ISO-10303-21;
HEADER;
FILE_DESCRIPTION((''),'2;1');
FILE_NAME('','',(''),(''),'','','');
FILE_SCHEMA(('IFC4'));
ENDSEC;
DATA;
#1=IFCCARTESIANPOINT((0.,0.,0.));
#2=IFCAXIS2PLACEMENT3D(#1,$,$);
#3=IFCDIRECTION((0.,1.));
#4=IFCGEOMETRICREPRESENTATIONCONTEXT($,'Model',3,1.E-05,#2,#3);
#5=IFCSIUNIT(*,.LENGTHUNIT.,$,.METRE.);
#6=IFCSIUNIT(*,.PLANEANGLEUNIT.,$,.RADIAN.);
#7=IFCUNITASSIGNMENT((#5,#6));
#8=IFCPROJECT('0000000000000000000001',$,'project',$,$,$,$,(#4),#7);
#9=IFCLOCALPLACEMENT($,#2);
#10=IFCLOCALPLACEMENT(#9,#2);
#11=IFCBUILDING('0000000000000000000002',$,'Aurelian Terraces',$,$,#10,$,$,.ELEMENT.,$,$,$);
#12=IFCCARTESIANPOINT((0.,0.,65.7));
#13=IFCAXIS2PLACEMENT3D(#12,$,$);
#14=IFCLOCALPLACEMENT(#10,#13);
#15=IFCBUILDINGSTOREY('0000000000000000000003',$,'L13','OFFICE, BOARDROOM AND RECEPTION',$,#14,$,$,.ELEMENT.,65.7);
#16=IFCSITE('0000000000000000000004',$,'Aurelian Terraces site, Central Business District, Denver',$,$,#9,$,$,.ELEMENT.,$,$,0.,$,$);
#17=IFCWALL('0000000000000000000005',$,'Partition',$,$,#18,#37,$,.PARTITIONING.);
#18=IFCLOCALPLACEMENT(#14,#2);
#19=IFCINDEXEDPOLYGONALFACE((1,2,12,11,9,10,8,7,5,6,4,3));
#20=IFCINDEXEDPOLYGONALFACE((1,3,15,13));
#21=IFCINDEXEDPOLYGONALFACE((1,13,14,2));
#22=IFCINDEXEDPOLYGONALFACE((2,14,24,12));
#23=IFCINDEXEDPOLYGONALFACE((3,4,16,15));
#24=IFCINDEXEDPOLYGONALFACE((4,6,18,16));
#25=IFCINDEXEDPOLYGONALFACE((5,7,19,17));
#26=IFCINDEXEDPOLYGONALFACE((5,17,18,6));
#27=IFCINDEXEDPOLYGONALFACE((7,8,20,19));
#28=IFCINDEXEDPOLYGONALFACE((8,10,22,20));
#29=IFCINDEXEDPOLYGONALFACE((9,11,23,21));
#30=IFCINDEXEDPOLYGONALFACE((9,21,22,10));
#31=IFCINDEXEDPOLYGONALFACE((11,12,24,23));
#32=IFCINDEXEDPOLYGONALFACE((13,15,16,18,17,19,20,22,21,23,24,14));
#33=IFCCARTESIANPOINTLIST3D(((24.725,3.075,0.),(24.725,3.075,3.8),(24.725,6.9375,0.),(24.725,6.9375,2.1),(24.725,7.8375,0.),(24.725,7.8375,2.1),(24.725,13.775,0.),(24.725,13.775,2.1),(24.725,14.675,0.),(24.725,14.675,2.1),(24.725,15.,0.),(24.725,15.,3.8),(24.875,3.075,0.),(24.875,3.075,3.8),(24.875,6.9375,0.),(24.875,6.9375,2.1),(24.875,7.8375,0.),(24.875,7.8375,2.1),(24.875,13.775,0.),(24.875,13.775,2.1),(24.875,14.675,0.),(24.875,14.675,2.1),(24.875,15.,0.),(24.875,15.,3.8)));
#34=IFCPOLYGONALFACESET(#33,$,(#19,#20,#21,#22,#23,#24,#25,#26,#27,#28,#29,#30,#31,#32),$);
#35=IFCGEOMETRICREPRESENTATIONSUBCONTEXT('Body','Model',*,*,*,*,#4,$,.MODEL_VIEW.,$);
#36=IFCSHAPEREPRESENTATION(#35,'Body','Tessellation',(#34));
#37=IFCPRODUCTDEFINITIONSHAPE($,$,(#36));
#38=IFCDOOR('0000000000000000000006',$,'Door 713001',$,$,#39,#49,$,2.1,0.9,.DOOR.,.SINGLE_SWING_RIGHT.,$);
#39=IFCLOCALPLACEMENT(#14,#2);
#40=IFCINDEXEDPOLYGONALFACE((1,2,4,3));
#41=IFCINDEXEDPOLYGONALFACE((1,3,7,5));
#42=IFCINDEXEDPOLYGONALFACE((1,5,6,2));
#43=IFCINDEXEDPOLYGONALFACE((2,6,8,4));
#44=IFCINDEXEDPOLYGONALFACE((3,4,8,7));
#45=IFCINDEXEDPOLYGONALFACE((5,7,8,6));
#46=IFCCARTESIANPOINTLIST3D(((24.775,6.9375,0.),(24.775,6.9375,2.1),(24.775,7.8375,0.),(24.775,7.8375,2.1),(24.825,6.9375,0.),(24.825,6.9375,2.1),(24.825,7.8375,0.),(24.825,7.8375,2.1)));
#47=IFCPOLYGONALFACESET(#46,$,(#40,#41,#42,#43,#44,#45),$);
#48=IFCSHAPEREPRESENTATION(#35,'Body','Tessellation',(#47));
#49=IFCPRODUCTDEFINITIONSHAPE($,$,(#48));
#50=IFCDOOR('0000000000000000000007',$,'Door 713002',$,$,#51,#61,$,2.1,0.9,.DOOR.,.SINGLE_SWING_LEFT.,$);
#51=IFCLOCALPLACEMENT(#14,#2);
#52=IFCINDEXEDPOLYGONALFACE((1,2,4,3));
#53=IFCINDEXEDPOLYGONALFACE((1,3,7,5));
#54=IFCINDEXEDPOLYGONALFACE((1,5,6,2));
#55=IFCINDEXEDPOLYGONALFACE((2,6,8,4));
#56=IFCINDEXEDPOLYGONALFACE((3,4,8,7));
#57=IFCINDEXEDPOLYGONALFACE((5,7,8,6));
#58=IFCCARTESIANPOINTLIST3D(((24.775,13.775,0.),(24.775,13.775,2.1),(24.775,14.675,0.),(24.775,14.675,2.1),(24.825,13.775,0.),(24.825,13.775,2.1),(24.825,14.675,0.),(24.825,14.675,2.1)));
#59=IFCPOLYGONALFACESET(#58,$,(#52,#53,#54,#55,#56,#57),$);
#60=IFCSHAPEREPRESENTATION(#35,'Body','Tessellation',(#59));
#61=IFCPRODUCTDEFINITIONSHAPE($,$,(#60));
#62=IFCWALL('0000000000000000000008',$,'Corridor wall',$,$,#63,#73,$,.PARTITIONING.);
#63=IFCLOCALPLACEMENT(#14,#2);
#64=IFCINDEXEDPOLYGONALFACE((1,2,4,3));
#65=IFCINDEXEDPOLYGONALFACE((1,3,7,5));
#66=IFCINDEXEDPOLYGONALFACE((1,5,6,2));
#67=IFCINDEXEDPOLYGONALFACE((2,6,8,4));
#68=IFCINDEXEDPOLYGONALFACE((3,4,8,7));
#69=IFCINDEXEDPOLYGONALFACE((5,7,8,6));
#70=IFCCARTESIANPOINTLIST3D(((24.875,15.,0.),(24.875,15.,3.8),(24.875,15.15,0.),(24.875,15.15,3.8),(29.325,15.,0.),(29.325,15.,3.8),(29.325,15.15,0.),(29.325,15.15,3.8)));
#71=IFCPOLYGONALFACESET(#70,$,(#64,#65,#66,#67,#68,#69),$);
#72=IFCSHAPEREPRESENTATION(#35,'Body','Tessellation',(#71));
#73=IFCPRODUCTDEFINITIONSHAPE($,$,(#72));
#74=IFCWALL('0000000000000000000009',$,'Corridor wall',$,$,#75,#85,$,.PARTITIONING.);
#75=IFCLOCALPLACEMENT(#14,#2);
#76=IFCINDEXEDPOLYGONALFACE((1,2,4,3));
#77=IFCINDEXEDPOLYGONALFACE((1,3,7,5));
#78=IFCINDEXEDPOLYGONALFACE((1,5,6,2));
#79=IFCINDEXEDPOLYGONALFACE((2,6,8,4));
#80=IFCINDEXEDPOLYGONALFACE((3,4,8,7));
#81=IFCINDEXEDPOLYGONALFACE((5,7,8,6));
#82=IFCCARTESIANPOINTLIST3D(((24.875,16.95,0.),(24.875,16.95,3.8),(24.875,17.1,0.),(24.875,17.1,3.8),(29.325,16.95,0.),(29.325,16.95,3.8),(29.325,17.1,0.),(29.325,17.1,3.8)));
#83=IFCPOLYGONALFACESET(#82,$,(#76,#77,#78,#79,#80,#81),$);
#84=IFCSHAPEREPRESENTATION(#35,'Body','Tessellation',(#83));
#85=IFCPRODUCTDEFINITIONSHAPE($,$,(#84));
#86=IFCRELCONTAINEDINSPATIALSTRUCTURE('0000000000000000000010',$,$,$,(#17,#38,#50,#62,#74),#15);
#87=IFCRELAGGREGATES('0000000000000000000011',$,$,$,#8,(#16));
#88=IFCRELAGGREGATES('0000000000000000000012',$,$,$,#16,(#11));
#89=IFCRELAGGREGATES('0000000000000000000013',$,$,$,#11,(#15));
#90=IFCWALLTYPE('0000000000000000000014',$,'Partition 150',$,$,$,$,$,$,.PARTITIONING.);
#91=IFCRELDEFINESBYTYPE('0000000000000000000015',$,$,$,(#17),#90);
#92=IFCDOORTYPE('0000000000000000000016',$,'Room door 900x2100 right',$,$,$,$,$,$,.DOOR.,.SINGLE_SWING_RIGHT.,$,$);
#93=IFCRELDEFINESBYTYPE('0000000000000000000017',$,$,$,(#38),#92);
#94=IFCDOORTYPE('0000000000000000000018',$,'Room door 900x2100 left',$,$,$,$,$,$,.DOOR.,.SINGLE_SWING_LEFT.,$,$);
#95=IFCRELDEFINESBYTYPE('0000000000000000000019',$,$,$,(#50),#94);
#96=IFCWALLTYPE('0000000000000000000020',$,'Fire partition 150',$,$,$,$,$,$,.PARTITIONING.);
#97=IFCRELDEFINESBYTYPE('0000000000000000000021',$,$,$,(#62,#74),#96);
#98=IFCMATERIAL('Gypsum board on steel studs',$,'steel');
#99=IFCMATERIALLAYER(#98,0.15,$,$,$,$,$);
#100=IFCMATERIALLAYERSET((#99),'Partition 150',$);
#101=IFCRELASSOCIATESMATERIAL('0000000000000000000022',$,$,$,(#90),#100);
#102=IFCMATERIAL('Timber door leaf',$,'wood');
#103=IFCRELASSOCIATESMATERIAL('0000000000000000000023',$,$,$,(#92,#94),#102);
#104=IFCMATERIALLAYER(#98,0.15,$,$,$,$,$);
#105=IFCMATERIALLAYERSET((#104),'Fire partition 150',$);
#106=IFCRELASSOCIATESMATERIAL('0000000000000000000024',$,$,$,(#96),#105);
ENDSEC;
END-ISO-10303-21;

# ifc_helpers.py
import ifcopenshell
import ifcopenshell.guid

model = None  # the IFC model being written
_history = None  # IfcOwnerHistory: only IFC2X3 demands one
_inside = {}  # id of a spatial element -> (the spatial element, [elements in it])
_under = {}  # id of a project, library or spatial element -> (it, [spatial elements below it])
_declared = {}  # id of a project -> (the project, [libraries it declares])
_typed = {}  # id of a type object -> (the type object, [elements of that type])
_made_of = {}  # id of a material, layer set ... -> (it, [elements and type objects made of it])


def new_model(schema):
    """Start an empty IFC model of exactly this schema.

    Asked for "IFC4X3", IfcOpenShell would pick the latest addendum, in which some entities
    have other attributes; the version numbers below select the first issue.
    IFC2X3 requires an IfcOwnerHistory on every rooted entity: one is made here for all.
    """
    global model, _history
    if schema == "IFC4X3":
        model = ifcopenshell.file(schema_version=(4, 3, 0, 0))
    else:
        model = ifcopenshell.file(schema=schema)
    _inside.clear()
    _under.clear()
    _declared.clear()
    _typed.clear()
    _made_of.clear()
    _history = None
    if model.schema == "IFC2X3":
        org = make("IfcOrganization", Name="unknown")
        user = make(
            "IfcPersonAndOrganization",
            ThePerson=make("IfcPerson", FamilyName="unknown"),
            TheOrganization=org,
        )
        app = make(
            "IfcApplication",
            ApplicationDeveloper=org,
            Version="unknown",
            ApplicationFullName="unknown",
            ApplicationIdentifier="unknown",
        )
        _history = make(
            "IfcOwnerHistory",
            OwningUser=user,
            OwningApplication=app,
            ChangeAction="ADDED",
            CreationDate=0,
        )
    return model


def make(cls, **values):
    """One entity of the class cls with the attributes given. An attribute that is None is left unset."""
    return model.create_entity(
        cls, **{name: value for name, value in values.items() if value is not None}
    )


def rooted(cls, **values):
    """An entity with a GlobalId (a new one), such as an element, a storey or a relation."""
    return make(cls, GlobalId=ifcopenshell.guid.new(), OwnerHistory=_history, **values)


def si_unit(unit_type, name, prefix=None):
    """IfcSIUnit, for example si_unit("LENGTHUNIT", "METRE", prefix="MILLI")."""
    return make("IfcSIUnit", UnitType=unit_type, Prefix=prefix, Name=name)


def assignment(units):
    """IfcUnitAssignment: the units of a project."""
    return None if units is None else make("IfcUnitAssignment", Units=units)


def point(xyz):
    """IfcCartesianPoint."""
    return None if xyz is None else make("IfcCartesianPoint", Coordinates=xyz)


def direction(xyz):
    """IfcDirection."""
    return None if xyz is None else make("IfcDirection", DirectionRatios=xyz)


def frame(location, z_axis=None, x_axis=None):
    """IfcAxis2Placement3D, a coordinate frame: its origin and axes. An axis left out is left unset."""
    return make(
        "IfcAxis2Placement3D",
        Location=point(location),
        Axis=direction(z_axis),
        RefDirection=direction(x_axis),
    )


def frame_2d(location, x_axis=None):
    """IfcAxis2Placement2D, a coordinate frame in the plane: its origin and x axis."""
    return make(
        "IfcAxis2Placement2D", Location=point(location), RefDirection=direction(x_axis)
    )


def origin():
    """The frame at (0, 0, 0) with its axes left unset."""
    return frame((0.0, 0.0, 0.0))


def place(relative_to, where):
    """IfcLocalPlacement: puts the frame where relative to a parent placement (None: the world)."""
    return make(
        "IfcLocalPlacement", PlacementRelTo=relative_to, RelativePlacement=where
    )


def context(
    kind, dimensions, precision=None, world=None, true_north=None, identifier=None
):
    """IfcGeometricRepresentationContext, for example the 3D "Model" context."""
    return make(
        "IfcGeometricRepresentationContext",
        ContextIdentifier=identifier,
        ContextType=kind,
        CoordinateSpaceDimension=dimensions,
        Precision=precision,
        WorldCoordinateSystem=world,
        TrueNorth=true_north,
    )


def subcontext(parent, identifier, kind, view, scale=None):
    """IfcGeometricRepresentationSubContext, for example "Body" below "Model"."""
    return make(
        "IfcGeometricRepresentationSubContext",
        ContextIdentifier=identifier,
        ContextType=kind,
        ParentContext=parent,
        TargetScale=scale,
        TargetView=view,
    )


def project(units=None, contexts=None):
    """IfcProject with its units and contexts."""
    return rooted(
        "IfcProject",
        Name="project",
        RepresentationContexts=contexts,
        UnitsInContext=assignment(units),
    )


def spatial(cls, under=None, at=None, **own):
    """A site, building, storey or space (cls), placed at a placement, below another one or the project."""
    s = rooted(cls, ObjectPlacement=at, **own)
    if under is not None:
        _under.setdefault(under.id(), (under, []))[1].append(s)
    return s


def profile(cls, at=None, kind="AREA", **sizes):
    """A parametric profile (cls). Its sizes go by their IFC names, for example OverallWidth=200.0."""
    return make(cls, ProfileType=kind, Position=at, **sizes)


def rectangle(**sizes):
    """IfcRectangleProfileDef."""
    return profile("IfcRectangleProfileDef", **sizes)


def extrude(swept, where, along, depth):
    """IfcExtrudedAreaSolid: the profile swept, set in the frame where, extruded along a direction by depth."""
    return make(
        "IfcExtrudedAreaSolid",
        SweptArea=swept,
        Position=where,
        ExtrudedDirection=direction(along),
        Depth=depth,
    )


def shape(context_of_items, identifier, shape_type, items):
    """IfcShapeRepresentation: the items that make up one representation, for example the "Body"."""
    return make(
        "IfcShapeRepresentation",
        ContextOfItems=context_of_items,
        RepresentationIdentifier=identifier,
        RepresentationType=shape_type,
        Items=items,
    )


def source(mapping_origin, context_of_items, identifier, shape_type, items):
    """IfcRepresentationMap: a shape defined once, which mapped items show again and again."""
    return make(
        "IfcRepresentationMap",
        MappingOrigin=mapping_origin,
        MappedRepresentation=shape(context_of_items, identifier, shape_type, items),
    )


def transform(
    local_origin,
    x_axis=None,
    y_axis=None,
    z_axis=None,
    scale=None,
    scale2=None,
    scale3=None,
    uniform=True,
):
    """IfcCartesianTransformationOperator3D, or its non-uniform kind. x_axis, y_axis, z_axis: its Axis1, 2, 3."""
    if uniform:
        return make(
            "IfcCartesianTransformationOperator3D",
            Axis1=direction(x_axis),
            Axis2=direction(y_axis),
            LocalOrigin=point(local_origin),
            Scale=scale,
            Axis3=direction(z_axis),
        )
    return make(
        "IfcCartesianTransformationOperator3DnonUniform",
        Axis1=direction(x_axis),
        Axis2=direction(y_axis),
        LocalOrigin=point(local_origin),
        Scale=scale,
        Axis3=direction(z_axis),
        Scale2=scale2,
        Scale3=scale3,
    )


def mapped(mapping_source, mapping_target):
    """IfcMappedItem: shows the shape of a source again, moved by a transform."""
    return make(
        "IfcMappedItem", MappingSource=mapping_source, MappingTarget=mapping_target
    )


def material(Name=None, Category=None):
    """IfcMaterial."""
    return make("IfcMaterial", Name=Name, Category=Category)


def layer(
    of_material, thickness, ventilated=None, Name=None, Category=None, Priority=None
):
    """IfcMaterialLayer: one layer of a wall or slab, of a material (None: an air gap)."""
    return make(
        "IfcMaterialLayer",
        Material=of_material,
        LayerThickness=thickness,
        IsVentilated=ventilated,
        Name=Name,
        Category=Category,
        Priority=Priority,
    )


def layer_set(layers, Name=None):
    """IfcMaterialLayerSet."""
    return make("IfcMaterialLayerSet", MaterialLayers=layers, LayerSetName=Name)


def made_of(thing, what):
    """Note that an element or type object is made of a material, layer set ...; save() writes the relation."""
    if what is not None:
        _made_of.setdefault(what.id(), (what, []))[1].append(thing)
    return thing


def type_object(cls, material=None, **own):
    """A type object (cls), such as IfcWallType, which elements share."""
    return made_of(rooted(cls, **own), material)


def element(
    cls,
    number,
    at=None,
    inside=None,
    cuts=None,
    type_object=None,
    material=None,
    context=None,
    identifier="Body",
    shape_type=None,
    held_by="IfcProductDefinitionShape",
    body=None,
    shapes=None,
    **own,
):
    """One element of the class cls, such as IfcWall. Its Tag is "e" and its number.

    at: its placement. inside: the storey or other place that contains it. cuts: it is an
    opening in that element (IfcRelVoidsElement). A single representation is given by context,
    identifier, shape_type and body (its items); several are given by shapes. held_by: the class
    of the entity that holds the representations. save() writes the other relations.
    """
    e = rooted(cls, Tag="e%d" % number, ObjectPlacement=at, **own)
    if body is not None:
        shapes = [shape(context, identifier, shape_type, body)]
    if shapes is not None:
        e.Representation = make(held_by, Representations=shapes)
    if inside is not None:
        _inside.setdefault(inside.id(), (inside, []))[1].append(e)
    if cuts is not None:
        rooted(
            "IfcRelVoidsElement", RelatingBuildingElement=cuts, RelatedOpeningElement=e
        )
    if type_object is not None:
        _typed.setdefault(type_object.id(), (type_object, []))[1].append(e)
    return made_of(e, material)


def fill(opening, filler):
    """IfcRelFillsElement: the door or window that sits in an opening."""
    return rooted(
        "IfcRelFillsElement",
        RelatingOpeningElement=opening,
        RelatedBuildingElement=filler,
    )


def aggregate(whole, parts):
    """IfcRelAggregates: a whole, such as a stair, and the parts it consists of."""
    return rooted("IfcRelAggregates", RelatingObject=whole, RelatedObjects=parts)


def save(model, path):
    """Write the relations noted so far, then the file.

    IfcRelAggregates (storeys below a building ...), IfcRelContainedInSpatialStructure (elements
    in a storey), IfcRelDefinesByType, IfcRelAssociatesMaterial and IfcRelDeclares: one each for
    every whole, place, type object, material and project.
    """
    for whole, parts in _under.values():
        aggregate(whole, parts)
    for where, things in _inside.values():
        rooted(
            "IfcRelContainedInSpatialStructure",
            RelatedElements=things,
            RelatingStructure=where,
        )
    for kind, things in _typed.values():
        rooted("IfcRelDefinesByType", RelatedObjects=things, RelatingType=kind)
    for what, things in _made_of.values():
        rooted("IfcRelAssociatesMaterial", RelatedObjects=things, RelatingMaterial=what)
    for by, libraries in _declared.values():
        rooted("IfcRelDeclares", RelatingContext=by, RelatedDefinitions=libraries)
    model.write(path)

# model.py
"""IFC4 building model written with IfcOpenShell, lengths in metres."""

from ifc_helpers import new_model, si_unit, direction, frame, frame_2d, origin, place, context, subcontext, project, spatial, rectangle, extrude, source, transform, mapped, material, layer, layer_set, type_object, element, fill, save


model = new_model("IFC4")

# Units and contexts
model_context = context("Model", 3, precision=1e-05, world=origin(), true_north=direction((0.0, 1.0)))
body_context = subcontext(model_context, "Body", "Model", "MODEL_VIEW")
ifc_project = project(units=[si_unit("LENGTHUNIT", "METRE"), si_unit("PLANEANGLEUNIT", "RADIAN")], contexts=[model_context])

# Site, building, storey
site_placement = place(None, origin())
site = spatial("IfcSite", under=ifc_project, at=site_placement, Name="Aurelian Terraces site, Central Business District, Denver", CompositionType="ELEMENT", RefElevation=0.0)
building_placement = place(site_placement, origin())
building = spatial("IfcBuilding", under=site, at=building_placement, Name="Aurelian Terraces", CompositionType="ELEMENT")
storey_placement = place(building_placement, frame((0.0, 0.0, 65.7)))
storey = spatial("IfcBuildingStorey", under=building, at=storey_placement, Name="L13", Description="OFFICE, BOARDROOM AND RECEPTION", CompositionType="ELEMENT", Elevation=65.7)

# Wall, openings, doors
ifc_material_1 = material(Name="Gypsum board on steel studs", Category="steel")
ifc_layer_1 = layer(ifc_material_1, 0.15)
ifc_layer_set_1 = layer_set([ifc_layer_1], Name="Partition 150")
wall_type_1 = type_object("IfcWallType", Name="Partition 150", PredefinedType="PARTITIONING", material=ifc_layer_set_1)
shared_shape_1 = source(origin(), body_context, "Body", "SweptSolid", [
    extrude(rectangle(XDim=11.925, YDim=0.15, at=frame_2d((5.9625, 0.0))), origin(), (0.0, 0.0, 1.0), 3.8),
])
wall_1_placement = place(storey_placement, frame((24.8, 15.0, 0.0), z_axis=(0.0, 0.0, 1.0), x_axis=(0.0, -1.0, 0.0)))
wall_1 = element("IfcWall", 1, at=wall_1_placement, inside=storey, type_object=wall_type_1, Name="Partition", PredefinedType="PARTITIONING", context=body_context, shape_type="MappedRepresentation", body=[
    mapped(shared_shape_1, transform((0.0, 0.0, 0.0), scale=1.0)),
])
shared_shape_2 = source(origin(), body_context, "Body", "SweptSolid", [
    extrude(rectangle(XDim=0.9, YDim=2.1, at=frame_2d((0.45, 1.05))), frame((0.0, 0.085, 0.0), z_axis=(0.0, -1.0, 0.0), x_axis=(1.0, 0.0, 0.0)), (0.0, 0.0, 1.0), 0.17),
])
opening_1_placement = place(wall_1_placement, frame((7.1625, 0.0, 0.0)))
opening_1 = element("IfcOpeningElement", 2, at=opening_1_placement, cuts=wall_1, PredefinedType="OPENING", context=body_context, shape_type="MappedRepresentation", body=[
    mapped(shared_shape_2, transform((0.0, 0.0, 0.0), scale=1.0)),
])
opening_2_placement = place(wall_1_placement, frame((0.325, 0.0, 0.0)))
opening_2 = element("IfcOpeningElement", 3, at=opening_2_placement, cuts=wall_1, PredefinedType="OPENING", context=body_context, shape_type="MappedRepresentation", body=[
    mapped(shared_shape_2, transform((0.0, 0.0, 0.0), scale=1.0)),
])
ifc_material_2 = material(Name="Timber door leaf", Category="wood")
door_type_1 = type_object("IfcDoorType", Name="Room door 900x2100 right", OperationType="SINGLE_SWING_RIGHT", PredefinedType="DOOR", material=ifc_material_2)
shared_shape_3 = source(origin(), body_context, "Body", "SweptSolid", [
    extrude(rectangle(XDim=0.9, YDim=2.1, at=frame_2d((0.45, 1.05))), frame((0.0, 0.025, 0.0), z_axis=(0.0, -1.0, 0.0), x_axis=(1.0, 0.0, 0.0)), (0.0, 0.0, 1.0), 0.05),
])
door_1_placement = place(opening_1_placement, origin())
door_1 = element("IfcDoor", 4, at=door_1_placement, inside=storey, type_object=door_type_1, Name="Door 713001", OperationType="SINGLE_SWING_RIGHT", OverallHeight=2.1, OverallWidth=0.9, PredefinedType="DOOR", context=body_context, shape_type="MappedRepresentation", body=[
    mapped(shared_shape_3, transform((0.0, 0.0, 0.0), scale=1.0)),
])
fill(opening_1, door_1)
door_type_2 = type_object("IfcDoorType", Name="Room door 900x2100 left", OperationType="SINGLE_SWING_LEFT", PredefinedType="DOOR", material=ifc_material_2)
door_2_placement = place(opening_2_placement, origin())
door_2 = element("IfcDoor", 5, at=door_2_placement, inside=storey, type_object=door_type_2, Name="Door 713002", OperationType="SINGLE_SWING_LEFT", OverallHeight=2.1, OverallWidth=0.9, PredefinedType="DOOR", context=body_context, shape_type="MappedRepresentation", body=[
    mapped(shared_shape_3, transform((0.0, 0.0, 0.0), scale=1.0)),
])
fill(opening_2, door_2)
ifc_layer_2 = layer(ifc_material_1, 0.15)
ifc_layer_set_2 = layer_set([ifc_layer_2], Name="Fire partition 150")
wall_type_2 = type_object("IfcWallType", Name="Fire partition 150", PredefinedType="PARTITIONING", material=ifc_layer_set_2)

# Walls
shared_shape_4 = source(origin(), body_context, "Body", "SweptSolid", [
    extrude(rectangle(XDim=4.45, YDim=0.15, at=frame_2d((2.225, 0.0))), origin(), (0.0, 0.0, 1.0), 3.8),
])
for number, where, z_axis, x_axis, name in (
    (6, (29.325, 15.075, 0.0), (0.0, 0.0, 1.0), (-1.0, 0.0, 0.0), "Corridor wall"),
    (7, (24.875, 17.025, 0.0), (0.0, 0.0, 1.0), (1.0, 0.0, 0.0), "Corridor wall"),
):
    element("IfcWall", number, at=place(storey_placement, frame(where, z_axis=z_axis, x_axis=x_axis)), inside=storey, type_object=wall_type_2, Name=name, PredefinedType="PARTITIONING", context=body_context, shape_type="MappedRepresentation", body=[
        mapped(shared_shape_4, transform((0.0, 0.0, 0.0), scale=1.0)),
    ])

save(model, "model.ifc")
